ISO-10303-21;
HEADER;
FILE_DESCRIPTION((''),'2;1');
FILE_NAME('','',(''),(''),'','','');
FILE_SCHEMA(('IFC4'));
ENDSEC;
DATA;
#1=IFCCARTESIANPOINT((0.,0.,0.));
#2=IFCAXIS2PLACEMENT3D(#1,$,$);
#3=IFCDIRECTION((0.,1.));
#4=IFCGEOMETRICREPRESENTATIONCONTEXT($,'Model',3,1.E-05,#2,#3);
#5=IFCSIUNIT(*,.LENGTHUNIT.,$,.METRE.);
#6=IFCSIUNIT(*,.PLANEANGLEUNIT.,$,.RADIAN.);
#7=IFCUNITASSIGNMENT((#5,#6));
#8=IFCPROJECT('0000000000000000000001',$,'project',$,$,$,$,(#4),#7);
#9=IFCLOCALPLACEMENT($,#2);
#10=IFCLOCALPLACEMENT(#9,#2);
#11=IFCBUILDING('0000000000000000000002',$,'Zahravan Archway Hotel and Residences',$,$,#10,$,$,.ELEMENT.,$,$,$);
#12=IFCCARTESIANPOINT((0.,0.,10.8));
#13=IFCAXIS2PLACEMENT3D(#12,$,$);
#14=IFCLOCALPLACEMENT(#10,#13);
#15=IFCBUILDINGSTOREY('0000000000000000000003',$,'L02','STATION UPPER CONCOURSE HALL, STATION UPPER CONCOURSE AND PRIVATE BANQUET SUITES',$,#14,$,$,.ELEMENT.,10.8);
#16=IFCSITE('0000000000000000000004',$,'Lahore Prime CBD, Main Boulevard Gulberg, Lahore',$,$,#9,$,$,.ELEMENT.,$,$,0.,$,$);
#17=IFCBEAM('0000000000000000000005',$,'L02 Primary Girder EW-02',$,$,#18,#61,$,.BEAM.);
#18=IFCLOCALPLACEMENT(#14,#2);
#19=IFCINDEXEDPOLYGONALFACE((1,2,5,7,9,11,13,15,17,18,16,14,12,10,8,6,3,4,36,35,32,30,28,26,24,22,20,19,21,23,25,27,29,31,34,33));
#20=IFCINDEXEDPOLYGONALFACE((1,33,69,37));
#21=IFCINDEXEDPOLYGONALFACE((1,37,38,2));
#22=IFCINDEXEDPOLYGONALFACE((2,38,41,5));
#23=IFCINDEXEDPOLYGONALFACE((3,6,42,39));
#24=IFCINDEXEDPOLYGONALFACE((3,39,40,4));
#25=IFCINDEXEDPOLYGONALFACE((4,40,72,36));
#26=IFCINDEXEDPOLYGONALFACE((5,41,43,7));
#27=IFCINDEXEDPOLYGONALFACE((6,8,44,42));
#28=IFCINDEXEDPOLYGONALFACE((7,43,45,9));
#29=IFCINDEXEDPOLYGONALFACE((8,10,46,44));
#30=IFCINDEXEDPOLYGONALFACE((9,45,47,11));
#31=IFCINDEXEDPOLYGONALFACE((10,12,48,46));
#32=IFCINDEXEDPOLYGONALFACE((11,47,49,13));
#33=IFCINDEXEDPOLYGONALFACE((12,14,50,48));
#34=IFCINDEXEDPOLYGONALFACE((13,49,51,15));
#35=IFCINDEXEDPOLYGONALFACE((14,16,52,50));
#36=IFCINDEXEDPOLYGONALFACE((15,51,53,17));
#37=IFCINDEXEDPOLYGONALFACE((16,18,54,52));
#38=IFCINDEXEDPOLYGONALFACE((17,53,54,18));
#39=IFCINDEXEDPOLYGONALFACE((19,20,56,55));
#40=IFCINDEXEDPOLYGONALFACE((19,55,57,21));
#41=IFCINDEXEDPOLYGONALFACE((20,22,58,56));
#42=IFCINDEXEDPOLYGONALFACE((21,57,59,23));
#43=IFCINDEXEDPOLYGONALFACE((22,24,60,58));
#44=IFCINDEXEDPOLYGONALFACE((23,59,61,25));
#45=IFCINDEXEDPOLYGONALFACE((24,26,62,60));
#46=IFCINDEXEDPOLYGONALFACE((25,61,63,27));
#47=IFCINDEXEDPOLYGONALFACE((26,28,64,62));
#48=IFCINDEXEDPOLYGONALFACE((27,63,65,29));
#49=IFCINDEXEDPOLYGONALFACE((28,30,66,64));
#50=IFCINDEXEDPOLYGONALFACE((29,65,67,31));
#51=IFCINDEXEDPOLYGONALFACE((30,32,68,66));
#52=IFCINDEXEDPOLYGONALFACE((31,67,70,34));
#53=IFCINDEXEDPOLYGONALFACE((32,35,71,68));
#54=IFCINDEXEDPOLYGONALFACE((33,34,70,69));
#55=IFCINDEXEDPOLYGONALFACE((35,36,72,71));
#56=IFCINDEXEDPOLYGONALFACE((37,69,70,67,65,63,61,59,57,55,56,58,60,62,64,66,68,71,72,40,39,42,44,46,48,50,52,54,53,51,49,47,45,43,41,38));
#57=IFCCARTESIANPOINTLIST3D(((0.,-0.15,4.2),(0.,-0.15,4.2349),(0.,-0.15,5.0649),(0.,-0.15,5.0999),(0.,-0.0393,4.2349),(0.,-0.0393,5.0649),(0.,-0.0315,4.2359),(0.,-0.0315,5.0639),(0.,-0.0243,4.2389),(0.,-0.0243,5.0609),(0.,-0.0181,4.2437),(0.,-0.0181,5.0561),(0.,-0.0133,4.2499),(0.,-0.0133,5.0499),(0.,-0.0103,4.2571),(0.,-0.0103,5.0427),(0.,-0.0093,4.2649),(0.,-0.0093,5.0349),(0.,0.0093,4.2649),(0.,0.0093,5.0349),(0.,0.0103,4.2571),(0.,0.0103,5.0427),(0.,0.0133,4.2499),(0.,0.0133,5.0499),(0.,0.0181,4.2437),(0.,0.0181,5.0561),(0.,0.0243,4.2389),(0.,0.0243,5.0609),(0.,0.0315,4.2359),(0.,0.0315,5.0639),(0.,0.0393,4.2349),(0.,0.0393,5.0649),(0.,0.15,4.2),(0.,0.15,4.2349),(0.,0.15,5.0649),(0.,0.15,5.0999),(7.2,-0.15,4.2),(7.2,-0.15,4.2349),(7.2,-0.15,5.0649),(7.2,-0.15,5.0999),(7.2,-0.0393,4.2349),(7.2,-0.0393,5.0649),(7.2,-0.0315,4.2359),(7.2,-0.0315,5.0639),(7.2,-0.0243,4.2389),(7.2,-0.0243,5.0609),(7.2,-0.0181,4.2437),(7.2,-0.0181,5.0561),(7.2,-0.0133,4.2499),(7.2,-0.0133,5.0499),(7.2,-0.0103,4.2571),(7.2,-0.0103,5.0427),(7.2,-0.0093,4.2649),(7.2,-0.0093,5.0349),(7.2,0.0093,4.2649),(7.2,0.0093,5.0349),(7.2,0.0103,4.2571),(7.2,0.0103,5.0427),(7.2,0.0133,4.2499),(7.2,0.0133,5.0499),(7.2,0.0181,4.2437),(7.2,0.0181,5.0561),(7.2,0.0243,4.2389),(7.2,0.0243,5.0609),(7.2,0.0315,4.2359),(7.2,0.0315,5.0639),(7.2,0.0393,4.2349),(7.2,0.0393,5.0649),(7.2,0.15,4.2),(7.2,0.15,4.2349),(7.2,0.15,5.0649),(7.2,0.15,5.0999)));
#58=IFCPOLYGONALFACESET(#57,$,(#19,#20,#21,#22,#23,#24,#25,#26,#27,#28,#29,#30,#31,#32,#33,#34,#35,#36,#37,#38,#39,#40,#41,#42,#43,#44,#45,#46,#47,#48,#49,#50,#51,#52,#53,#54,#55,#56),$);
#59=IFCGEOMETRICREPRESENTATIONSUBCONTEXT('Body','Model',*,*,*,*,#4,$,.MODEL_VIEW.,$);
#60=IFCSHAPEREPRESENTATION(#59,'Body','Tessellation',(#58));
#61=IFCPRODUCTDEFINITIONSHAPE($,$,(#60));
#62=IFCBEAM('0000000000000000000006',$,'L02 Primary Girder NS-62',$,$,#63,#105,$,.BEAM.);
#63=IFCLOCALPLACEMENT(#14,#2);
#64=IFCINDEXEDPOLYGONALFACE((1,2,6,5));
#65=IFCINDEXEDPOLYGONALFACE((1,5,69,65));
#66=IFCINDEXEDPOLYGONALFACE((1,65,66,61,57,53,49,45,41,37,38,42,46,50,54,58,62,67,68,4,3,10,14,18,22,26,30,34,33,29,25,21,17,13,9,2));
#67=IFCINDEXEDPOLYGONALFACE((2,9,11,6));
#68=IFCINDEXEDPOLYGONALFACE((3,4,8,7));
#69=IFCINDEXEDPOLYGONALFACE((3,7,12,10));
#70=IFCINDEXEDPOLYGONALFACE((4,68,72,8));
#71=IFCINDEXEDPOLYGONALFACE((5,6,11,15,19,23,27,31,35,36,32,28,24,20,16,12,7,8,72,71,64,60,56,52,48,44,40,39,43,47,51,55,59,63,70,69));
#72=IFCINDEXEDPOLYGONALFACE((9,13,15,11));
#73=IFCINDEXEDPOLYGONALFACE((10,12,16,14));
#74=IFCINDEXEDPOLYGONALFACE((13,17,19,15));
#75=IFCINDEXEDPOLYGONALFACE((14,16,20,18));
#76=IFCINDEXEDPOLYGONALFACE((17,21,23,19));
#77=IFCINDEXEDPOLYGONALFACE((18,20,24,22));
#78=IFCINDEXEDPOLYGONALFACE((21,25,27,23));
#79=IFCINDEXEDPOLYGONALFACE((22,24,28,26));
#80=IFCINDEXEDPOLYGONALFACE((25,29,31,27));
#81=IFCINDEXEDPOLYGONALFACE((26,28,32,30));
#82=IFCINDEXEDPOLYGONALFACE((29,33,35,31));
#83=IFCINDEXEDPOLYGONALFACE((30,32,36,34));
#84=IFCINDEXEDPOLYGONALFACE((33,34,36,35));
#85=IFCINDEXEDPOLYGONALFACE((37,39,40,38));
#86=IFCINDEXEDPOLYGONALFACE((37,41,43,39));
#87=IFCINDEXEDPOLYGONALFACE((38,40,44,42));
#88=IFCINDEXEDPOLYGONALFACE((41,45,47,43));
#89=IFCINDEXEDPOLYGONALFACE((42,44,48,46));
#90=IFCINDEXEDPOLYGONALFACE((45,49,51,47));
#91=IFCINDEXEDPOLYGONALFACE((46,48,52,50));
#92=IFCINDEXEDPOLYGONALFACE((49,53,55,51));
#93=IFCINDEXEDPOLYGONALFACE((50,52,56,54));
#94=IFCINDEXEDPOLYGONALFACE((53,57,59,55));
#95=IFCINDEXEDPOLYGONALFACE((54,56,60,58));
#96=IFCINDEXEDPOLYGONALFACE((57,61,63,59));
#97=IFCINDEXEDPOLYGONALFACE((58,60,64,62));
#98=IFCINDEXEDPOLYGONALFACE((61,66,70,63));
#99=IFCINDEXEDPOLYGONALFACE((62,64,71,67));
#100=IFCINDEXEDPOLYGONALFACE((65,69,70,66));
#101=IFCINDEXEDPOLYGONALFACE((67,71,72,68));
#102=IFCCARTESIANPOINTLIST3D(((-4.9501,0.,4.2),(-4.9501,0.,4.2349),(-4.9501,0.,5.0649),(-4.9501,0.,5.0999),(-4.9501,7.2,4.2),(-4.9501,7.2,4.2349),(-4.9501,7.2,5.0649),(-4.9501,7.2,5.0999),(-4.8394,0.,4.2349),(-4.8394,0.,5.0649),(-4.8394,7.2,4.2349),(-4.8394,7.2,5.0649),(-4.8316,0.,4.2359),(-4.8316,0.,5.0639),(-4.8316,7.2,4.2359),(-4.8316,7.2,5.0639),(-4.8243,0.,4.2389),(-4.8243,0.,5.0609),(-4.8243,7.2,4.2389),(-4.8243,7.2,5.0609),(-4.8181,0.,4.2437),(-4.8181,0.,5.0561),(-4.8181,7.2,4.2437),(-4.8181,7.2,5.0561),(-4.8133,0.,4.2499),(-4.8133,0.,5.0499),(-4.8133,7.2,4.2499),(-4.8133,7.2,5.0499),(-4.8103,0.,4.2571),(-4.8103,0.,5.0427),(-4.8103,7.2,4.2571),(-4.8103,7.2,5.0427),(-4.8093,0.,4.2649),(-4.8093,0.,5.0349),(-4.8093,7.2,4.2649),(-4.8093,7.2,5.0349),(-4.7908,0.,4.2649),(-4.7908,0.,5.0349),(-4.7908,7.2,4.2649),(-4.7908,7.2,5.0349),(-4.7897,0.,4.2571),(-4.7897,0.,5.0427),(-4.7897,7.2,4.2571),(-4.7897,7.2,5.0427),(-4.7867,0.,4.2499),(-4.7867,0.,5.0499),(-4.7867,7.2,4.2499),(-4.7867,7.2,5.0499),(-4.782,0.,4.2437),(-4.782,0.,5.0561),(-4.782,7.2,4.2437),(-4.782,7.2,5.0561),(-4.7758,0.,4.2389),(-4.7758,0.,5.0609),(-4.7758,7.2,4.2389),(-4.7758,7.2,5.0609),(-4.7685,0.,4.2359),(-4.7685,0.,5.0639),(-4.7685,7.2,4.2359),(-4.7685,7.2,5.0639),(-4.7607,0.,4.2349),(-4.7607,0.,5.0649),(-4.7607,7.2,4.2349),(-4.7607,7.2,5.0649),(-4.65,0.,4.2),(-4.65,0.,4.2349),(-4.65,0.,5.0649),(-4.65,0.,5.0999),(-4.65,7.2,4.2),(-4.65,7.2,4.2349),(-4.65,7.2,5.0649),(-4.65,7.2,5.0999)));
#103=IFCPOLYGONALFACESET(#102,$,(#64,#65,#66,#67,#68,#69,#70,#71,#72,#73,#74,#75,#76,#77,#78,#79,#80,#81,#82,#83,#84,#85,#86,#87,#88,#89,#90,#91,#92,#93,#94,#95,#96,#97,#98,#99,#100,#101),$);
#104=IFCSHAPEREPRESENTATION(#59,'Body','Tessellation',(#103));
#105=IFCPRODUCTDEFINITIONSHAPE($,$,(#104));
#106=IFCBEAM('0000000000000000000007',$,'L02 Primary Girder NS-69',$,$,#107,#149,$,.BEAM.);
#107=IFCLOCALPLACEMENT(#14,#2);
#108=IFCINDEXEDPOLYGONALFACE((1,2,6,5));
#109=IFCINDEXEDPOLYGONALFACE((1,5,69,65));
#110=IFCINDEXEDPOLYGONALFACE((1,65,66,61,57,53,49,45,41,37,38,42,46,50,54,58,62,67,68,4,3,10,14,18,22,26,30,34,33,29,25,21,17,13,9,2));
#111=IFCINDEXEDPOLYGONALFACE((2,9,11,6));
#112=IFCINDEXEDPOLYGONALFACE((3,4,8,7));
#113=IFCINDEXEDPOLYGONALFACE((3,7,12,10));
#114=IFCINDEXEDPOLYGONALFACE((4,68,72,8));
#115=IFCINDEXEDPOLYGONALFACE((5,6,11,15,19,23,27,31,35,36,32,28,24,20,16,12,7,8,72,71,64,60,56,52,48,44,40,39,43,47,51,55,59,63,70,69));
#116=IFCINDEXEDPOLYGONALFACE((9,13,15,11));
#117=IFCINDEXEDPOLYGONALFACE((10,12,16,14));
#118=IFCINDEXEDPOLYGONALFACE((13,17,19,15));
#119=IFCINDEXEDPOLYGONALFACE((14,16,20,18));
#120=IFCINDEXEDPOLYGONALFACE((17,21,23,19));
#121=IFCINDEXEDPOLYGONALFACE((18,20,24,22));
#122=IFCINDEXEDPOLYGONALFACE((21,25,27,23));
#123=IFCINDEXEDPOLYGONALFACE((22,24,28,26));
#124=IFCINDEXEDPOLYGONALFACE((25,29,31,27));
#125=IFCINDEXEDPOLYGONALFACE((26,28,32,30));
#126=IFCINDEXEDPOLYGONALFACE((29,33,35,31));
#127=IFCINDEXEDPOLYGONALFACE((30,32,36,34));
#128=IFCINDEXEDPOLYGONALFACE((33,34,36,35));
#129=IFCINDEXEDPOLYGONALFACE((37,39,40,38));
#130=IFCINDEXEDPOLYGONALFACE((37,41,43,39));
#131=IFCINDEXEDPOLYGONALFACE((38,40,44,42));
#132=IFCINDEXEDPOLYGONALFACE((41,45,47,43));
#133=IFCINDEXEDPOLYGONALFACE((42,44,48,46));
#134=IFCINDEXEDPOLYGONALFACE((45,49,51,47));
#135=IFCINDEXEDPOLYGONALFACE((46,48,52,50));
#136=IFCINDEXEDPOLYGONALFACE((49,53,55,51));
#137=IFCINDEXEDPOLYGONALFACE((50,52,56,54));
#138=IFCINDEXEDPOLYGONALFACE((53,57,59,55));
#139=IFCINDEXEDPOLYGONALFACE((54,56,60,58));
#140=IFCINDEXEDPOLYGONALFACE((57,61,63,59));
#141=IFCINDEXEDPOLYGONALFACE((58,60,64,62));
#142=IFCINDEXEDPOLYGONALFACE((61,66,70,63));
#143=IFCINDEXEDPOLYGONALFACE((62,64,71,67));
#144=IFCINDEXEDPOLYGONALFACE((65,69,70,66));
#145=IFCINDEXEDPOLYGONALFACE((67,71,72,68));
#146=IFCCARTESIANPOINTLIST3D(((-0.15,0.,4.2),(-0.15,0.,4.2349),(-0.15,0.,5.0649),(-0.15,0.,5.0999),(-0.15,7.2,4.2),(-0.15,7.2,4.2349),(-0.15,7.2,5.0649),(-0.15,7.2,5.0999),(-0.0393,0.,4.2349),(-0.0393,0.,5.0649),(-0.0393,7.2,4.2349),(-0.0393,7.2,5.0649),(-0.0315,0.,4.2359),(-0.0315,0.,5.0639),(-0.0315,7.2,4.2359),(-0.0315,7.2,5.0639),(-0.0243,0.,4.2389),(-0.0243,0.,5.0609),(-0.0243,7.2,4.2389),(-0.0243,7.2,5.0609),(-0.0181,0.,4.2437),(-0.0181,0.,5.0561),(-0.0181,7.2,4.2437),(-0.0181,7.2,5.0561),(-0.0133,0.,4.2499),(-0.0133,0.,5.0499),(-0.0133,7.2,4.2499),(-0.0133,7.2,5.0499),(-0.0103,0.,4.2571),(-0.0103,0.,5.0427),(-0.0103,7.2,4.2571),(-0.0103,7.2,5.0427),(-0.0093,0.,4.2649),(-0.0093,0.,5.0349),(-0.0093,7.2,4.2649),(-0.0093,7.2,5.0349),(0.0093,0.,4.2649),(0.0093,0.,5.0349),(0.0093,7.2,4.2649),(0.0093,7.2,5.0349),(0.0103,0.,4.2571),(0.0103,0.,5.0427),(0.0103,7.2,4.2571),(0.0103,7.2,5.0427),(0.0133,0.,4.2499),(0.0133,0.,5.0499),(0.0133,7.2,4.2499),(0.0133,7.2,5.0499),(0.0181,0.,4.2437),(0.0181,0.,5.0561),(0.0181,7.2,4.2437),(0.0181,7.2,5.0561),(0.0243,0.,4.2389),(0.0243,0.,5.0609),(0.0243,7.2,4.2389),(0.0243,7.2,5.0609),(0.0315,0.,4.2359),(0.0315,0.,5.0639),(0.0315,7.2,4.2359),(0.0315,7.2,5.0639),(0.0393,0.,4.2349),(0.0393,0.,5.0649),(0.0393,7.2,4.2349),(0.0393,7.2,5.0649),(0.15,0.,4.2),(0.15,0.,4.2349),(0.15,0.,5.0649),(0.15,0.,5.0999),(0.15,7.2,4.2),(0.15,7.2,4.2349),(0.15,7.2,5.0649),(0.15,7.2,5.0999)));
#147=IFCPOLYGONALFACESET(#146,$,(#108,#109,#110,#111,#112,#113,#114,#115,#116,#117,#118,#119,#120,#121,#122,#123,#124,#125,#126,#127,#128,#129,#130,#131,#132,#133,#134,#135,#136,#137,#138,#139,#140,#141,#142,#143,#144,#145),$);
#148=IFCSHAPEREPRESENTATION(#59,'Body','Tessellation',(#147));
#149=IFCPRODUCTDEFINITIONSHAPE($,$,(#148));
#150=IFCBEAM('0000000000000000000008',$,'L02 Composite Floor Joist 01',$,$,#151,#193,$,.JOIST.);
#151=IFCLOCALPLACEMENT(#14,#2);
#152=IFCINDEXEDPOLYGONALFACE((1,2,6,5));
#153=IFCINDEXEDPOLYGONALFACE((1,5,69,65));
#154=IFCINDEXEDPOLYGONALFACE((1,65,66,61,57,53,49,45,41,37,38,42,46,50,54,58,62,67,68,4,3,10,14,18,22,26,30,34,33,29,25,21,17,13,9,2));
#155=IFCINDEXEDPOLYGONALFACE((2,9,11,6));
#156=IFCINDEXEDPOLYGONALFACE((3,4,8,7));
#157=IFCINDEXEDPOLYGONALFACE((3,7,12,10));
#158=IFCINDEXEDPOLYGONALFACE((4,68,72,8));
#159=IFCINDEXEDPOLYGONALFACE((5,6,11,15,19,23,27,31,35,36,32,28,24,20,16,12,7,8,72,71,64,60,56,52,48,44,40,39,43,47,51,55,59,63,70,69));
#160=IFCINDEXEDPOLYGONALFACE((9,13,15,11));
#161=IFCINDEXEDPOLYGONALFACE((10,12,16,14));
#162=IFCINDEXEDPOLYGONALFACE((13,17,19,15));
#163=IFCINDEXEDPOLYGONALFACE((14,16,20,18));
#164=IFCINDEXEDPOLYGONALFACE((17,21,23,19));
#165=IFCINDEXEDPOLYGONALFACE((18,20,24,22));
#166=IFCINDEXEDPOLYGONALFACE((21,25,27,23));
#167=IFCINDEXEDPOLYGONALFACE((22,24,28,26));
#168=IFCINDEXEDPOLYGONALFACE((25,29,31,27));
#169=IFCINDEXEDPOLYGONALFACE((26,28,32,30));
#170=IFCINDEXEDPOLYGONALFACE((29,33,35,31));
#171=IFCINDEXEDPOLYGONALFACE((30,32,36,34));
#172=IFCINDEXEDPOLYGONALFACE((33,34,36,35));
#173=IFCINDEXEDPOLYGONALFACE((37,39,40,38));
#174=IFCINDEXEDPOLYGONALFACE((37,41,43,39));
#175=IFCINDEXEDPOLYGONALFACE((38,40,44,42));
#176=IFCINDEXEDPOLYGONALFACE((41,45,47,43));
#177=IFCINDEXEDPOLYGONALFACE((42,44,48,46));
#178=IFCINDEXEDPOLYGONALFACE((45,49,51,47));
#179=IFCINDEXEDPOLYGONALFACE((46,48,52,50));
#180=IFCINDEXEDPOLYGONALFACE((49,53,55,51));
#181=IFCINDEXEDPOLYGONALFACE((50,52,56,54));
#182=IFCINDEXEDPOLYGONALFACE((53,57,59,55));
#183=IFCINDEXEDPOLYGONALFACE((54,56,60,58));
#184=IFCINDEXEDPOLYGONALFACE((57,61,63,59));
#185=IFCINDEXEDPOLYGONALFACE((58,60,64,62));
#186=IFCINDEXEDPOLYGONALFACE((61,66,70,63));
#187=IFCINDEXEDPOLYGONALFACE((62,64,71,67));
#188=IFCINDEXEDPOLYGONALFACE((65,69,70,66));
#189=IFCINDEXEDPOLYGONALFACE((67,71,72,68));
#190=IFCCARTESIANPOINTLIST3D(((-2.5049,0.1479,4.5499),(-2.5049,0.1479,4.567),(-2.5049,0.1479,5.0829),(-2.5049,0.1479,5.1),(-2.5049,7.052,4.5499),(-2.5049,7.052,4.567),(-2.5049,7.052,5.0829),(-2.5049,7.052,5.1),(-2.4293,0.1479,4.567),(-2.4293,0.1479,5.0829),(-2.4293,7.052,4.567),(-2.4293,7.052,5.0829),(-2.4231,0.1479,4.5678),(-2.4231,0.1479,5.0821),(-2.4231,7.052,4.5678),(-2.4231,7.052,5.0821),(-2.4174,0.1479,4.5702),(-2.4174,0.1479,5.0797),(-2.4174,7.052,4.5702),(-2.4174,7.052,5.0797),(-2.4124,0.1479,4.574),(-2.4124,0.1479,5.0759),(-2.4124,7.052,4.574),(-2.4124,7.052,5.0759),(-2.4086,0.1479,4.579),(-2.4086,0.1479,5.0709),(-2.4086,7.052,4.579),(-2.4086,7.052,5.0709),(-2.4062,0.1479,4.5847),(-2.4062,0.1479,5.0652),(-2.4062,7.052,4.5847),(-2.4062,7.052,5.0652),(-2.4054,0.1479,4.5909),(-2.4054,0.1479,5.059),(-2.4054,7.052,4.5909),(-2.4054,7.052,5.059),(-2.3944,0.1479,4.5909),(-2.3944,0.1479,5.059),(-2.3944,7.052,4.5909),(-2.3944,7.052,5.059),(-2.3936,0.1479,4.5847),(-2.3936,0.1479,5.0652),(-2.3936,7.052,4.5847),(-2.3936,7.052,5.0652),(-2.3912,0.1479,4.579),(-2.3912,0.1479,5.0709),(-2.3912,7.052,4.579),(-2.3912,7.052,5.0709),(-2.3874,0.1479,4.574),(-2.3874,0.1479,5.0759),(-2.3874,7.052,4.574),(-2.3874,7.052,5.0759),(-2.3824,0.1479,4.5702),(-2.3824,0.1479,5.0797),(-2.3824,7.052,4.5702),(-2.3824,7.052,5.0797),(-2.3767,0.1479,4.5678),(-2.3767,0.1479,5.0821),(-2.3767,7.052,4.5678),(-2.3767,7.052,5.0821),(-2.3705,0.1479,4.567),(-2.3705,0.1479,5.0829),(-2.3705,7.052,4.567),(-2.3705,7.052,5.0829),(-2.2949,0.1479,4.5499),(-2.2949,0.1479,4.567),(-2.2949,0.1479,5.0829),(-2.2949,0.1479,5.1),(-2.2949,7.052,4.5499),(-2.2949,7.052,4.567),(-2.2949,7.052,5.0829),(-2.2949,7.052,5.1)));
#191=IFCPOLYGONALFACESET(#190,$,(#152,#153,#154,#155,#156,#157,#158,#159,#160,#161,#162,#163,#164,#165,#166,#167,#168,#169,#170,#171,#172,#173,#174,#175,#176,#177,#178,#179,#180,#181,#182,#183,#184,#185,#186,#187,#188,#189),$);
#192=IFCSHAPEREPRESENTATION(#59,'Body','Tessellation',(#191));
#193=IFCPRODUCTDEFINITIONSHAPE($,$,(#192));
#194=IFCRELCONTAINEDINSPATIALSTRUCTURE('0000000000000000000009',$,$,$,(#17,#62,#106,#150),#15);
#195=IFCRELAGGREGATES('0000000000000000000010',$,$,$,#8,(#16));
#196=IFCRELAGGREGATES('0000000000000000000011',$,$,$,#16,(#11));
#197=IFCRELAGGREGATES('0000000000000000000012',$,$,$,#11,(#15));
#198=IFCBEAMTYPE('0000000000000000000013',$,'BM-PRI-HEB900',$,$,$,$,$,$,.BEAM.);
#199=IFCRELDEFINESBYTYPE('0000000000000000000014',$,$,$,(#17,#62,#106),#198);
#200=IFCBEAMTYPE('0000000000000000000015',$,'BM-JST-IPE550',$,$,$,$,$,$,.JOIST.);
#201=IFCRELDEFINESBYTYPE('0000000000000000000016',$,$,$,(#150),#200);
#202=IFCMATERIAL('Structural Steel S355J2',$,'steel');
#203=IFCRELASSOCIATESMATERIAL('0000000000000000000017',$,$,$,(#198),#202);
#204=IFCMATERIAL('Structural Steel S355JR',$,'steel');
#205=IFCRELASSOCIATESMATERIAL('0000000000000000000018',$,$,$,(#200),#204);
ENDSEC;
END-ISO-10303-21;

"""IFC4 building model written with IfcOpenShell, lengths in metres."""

from ifc_helpers import new_model, si_unit, direction, frame, origin, origin_2d, place, context, subcontext, project, spatial, i_section, extrude, source, transform, mapped, material, material_profile, profile_set, type_object, type_shapes, element, save


model = new_model("IFC4")

# Units and contexts
model_context = context("Model", 3, precision=1e-05, world=origin(), true_north=direction((0.0, 1.0)))
body_context = subcontext(model_context, "Body", "Model", "MODEL_VIEW")
ifc_project = project(units=[si_unit("LENGTHUNIT", "METRE"), si_unit("PLANEANGLEUNIT", "RADIAN")], contexts=[model_context])

# Site, building, storey
site_placement = place(None, origin())
site = spatial("IfcSite", under=ifc_project, at=site_placement, Name="Lahore Prime CBD, Main Boulevard Gulberg, Lahore", CompositionType="ELEMENT", RefElevation=0.0)
building_placement = place(site_placement, origin())
building = spatial("IfcBuilding", under=site, at=building_placement, Name="Zahravan Archway Hotel and Residences", CompositionType="ELEMENT")
storey_placement = place(building_placement, frame((0.0, 0.0, 10.8)))
storey = spatial("IfcBuildingStorey", under=building, at=storey_placement, Name="L02", Description="STATION UPPER CONCOURSE HALL, STATION UPPER CONCOURSE AND PRIVATE BANQUET SUITES", CompositionType="ELEMENT", Elevation=10.8)

# Beams
ifc_material_1 = material(Name="Structural Steel S355J2", Category="steel")
ifc_material_profile_1 = material_profile(ifc_material_1, i_section(OverallWidth=0.3, OverallDepth=0.8999, WebThickness=0.0186, FlangeThickness=0.0349, FilletRadius=0.03, at=origin_2d()), Name="HEB 900", Category="steel")
ifc_profile_set_1 = profile_set([ifc_material_profile_1], Name="Structural Steel S355J2")
beam_type_1 = type_object("IfcBeamType", Name="BM-PRI-HEB900", PredefinedType="BEAM", material=ifc_profile_set_1)
shared_shape_1 = source(origin(), body_context, "Body", "SweptSolid", [
    extrude(i_section(OverallWidth=0.3, OverallDepth=0.8999, WebThickness=0.0186, FlangeThickness=0.0349, FilletRadius=0.03, at=origin_2d()), origin(), (0.0, 0.0, 1.0), 7.2),
])
for number, where, z_axis, x_axis, name in (
    (1, (0.0, 0.0, 4.6499), (1.0, 0.0, 0.0), (0.0, 1.0, 0.0), "L02 Primary Girder EW-02"),
    (2, (-4.8, 0.0, 4.6499), (0.0, 1.0, 0.0), (-1.0, 0.0, 0.0), "L02 Primary Girder NS-62"),
    (3, (0.0, 0.0, 4.6499), (0.0, 1.0, 0.0), (-1.0, 0.0, 0.0), "L02 Primary Girder NS-69"),
):
    element("IfcBeam", number, at=place(storey_placement, frame(where, z_axis=z_axis, x_axis=x_axis)), inside=storey, type_object=beam_type_1, Name=name, PredefinedType="BEAM", context=body_context, shape_type="MappedRepresentation", body=[
        mapped(shared_shape_1, transform((0.0, 0.0, 0.0), scale=1.0)),
    ])
ifc_material_2 = material(Name="Structural Steel S355JR", Category="steel")
ifc_material_profile_2 = material_profile(ifc_material_2, i_section(OverallWidth=0.21, OverallDepth=0.55, WebThickness=0.011, FlangeThickness=0.0171, FilletRadius=0.0239, at=origin_2d()), Name="IPE 550", Category="steel")
ifc_profile_set_2 = profile_set([ifc_material_profile_2], Name="Structural Steel S355JR")
beam_type_2 = type_object("IfcBeamType", Name="BM-JST-IPE550", PredefinedType="JOIST", material=ifc_profile_set_2)
shared_shape_2 = source(origin(), body_context, "Body", "SweptSolid", [
    extrude(i_section(OverallWidth=0.21, OverallDepth=0.55, WebThickness=0.011, FlangeThickness=0.0171, FilletRadius=0.0239, at=origin_2d()), origin(), (0.0, 0.0, 1.0), 6.9041),
])
type_shapes(beam_type_2, [shared_shape_2])
beam_1_placement = place(storey_placement, frame((-2.3999, 0.1479, 4.825), z_axis=(0.0, 1.0, 0.0), x_axis=(-1.0, 0.0, 0.0)))
element("IfcBeam", 4, at=beam_1_placement, inside=storey, type_object=beam_type_2, Name="L02 Composite Floor Joist 01", PredefinedType="JOIST", context=body_context, shape_type="MappedRepresentation", body=[
    mapped(shared_shape_2, transform((0.0, 0.0, 0.0), scale=1.0)),
])

save(model, "model.ifc")
